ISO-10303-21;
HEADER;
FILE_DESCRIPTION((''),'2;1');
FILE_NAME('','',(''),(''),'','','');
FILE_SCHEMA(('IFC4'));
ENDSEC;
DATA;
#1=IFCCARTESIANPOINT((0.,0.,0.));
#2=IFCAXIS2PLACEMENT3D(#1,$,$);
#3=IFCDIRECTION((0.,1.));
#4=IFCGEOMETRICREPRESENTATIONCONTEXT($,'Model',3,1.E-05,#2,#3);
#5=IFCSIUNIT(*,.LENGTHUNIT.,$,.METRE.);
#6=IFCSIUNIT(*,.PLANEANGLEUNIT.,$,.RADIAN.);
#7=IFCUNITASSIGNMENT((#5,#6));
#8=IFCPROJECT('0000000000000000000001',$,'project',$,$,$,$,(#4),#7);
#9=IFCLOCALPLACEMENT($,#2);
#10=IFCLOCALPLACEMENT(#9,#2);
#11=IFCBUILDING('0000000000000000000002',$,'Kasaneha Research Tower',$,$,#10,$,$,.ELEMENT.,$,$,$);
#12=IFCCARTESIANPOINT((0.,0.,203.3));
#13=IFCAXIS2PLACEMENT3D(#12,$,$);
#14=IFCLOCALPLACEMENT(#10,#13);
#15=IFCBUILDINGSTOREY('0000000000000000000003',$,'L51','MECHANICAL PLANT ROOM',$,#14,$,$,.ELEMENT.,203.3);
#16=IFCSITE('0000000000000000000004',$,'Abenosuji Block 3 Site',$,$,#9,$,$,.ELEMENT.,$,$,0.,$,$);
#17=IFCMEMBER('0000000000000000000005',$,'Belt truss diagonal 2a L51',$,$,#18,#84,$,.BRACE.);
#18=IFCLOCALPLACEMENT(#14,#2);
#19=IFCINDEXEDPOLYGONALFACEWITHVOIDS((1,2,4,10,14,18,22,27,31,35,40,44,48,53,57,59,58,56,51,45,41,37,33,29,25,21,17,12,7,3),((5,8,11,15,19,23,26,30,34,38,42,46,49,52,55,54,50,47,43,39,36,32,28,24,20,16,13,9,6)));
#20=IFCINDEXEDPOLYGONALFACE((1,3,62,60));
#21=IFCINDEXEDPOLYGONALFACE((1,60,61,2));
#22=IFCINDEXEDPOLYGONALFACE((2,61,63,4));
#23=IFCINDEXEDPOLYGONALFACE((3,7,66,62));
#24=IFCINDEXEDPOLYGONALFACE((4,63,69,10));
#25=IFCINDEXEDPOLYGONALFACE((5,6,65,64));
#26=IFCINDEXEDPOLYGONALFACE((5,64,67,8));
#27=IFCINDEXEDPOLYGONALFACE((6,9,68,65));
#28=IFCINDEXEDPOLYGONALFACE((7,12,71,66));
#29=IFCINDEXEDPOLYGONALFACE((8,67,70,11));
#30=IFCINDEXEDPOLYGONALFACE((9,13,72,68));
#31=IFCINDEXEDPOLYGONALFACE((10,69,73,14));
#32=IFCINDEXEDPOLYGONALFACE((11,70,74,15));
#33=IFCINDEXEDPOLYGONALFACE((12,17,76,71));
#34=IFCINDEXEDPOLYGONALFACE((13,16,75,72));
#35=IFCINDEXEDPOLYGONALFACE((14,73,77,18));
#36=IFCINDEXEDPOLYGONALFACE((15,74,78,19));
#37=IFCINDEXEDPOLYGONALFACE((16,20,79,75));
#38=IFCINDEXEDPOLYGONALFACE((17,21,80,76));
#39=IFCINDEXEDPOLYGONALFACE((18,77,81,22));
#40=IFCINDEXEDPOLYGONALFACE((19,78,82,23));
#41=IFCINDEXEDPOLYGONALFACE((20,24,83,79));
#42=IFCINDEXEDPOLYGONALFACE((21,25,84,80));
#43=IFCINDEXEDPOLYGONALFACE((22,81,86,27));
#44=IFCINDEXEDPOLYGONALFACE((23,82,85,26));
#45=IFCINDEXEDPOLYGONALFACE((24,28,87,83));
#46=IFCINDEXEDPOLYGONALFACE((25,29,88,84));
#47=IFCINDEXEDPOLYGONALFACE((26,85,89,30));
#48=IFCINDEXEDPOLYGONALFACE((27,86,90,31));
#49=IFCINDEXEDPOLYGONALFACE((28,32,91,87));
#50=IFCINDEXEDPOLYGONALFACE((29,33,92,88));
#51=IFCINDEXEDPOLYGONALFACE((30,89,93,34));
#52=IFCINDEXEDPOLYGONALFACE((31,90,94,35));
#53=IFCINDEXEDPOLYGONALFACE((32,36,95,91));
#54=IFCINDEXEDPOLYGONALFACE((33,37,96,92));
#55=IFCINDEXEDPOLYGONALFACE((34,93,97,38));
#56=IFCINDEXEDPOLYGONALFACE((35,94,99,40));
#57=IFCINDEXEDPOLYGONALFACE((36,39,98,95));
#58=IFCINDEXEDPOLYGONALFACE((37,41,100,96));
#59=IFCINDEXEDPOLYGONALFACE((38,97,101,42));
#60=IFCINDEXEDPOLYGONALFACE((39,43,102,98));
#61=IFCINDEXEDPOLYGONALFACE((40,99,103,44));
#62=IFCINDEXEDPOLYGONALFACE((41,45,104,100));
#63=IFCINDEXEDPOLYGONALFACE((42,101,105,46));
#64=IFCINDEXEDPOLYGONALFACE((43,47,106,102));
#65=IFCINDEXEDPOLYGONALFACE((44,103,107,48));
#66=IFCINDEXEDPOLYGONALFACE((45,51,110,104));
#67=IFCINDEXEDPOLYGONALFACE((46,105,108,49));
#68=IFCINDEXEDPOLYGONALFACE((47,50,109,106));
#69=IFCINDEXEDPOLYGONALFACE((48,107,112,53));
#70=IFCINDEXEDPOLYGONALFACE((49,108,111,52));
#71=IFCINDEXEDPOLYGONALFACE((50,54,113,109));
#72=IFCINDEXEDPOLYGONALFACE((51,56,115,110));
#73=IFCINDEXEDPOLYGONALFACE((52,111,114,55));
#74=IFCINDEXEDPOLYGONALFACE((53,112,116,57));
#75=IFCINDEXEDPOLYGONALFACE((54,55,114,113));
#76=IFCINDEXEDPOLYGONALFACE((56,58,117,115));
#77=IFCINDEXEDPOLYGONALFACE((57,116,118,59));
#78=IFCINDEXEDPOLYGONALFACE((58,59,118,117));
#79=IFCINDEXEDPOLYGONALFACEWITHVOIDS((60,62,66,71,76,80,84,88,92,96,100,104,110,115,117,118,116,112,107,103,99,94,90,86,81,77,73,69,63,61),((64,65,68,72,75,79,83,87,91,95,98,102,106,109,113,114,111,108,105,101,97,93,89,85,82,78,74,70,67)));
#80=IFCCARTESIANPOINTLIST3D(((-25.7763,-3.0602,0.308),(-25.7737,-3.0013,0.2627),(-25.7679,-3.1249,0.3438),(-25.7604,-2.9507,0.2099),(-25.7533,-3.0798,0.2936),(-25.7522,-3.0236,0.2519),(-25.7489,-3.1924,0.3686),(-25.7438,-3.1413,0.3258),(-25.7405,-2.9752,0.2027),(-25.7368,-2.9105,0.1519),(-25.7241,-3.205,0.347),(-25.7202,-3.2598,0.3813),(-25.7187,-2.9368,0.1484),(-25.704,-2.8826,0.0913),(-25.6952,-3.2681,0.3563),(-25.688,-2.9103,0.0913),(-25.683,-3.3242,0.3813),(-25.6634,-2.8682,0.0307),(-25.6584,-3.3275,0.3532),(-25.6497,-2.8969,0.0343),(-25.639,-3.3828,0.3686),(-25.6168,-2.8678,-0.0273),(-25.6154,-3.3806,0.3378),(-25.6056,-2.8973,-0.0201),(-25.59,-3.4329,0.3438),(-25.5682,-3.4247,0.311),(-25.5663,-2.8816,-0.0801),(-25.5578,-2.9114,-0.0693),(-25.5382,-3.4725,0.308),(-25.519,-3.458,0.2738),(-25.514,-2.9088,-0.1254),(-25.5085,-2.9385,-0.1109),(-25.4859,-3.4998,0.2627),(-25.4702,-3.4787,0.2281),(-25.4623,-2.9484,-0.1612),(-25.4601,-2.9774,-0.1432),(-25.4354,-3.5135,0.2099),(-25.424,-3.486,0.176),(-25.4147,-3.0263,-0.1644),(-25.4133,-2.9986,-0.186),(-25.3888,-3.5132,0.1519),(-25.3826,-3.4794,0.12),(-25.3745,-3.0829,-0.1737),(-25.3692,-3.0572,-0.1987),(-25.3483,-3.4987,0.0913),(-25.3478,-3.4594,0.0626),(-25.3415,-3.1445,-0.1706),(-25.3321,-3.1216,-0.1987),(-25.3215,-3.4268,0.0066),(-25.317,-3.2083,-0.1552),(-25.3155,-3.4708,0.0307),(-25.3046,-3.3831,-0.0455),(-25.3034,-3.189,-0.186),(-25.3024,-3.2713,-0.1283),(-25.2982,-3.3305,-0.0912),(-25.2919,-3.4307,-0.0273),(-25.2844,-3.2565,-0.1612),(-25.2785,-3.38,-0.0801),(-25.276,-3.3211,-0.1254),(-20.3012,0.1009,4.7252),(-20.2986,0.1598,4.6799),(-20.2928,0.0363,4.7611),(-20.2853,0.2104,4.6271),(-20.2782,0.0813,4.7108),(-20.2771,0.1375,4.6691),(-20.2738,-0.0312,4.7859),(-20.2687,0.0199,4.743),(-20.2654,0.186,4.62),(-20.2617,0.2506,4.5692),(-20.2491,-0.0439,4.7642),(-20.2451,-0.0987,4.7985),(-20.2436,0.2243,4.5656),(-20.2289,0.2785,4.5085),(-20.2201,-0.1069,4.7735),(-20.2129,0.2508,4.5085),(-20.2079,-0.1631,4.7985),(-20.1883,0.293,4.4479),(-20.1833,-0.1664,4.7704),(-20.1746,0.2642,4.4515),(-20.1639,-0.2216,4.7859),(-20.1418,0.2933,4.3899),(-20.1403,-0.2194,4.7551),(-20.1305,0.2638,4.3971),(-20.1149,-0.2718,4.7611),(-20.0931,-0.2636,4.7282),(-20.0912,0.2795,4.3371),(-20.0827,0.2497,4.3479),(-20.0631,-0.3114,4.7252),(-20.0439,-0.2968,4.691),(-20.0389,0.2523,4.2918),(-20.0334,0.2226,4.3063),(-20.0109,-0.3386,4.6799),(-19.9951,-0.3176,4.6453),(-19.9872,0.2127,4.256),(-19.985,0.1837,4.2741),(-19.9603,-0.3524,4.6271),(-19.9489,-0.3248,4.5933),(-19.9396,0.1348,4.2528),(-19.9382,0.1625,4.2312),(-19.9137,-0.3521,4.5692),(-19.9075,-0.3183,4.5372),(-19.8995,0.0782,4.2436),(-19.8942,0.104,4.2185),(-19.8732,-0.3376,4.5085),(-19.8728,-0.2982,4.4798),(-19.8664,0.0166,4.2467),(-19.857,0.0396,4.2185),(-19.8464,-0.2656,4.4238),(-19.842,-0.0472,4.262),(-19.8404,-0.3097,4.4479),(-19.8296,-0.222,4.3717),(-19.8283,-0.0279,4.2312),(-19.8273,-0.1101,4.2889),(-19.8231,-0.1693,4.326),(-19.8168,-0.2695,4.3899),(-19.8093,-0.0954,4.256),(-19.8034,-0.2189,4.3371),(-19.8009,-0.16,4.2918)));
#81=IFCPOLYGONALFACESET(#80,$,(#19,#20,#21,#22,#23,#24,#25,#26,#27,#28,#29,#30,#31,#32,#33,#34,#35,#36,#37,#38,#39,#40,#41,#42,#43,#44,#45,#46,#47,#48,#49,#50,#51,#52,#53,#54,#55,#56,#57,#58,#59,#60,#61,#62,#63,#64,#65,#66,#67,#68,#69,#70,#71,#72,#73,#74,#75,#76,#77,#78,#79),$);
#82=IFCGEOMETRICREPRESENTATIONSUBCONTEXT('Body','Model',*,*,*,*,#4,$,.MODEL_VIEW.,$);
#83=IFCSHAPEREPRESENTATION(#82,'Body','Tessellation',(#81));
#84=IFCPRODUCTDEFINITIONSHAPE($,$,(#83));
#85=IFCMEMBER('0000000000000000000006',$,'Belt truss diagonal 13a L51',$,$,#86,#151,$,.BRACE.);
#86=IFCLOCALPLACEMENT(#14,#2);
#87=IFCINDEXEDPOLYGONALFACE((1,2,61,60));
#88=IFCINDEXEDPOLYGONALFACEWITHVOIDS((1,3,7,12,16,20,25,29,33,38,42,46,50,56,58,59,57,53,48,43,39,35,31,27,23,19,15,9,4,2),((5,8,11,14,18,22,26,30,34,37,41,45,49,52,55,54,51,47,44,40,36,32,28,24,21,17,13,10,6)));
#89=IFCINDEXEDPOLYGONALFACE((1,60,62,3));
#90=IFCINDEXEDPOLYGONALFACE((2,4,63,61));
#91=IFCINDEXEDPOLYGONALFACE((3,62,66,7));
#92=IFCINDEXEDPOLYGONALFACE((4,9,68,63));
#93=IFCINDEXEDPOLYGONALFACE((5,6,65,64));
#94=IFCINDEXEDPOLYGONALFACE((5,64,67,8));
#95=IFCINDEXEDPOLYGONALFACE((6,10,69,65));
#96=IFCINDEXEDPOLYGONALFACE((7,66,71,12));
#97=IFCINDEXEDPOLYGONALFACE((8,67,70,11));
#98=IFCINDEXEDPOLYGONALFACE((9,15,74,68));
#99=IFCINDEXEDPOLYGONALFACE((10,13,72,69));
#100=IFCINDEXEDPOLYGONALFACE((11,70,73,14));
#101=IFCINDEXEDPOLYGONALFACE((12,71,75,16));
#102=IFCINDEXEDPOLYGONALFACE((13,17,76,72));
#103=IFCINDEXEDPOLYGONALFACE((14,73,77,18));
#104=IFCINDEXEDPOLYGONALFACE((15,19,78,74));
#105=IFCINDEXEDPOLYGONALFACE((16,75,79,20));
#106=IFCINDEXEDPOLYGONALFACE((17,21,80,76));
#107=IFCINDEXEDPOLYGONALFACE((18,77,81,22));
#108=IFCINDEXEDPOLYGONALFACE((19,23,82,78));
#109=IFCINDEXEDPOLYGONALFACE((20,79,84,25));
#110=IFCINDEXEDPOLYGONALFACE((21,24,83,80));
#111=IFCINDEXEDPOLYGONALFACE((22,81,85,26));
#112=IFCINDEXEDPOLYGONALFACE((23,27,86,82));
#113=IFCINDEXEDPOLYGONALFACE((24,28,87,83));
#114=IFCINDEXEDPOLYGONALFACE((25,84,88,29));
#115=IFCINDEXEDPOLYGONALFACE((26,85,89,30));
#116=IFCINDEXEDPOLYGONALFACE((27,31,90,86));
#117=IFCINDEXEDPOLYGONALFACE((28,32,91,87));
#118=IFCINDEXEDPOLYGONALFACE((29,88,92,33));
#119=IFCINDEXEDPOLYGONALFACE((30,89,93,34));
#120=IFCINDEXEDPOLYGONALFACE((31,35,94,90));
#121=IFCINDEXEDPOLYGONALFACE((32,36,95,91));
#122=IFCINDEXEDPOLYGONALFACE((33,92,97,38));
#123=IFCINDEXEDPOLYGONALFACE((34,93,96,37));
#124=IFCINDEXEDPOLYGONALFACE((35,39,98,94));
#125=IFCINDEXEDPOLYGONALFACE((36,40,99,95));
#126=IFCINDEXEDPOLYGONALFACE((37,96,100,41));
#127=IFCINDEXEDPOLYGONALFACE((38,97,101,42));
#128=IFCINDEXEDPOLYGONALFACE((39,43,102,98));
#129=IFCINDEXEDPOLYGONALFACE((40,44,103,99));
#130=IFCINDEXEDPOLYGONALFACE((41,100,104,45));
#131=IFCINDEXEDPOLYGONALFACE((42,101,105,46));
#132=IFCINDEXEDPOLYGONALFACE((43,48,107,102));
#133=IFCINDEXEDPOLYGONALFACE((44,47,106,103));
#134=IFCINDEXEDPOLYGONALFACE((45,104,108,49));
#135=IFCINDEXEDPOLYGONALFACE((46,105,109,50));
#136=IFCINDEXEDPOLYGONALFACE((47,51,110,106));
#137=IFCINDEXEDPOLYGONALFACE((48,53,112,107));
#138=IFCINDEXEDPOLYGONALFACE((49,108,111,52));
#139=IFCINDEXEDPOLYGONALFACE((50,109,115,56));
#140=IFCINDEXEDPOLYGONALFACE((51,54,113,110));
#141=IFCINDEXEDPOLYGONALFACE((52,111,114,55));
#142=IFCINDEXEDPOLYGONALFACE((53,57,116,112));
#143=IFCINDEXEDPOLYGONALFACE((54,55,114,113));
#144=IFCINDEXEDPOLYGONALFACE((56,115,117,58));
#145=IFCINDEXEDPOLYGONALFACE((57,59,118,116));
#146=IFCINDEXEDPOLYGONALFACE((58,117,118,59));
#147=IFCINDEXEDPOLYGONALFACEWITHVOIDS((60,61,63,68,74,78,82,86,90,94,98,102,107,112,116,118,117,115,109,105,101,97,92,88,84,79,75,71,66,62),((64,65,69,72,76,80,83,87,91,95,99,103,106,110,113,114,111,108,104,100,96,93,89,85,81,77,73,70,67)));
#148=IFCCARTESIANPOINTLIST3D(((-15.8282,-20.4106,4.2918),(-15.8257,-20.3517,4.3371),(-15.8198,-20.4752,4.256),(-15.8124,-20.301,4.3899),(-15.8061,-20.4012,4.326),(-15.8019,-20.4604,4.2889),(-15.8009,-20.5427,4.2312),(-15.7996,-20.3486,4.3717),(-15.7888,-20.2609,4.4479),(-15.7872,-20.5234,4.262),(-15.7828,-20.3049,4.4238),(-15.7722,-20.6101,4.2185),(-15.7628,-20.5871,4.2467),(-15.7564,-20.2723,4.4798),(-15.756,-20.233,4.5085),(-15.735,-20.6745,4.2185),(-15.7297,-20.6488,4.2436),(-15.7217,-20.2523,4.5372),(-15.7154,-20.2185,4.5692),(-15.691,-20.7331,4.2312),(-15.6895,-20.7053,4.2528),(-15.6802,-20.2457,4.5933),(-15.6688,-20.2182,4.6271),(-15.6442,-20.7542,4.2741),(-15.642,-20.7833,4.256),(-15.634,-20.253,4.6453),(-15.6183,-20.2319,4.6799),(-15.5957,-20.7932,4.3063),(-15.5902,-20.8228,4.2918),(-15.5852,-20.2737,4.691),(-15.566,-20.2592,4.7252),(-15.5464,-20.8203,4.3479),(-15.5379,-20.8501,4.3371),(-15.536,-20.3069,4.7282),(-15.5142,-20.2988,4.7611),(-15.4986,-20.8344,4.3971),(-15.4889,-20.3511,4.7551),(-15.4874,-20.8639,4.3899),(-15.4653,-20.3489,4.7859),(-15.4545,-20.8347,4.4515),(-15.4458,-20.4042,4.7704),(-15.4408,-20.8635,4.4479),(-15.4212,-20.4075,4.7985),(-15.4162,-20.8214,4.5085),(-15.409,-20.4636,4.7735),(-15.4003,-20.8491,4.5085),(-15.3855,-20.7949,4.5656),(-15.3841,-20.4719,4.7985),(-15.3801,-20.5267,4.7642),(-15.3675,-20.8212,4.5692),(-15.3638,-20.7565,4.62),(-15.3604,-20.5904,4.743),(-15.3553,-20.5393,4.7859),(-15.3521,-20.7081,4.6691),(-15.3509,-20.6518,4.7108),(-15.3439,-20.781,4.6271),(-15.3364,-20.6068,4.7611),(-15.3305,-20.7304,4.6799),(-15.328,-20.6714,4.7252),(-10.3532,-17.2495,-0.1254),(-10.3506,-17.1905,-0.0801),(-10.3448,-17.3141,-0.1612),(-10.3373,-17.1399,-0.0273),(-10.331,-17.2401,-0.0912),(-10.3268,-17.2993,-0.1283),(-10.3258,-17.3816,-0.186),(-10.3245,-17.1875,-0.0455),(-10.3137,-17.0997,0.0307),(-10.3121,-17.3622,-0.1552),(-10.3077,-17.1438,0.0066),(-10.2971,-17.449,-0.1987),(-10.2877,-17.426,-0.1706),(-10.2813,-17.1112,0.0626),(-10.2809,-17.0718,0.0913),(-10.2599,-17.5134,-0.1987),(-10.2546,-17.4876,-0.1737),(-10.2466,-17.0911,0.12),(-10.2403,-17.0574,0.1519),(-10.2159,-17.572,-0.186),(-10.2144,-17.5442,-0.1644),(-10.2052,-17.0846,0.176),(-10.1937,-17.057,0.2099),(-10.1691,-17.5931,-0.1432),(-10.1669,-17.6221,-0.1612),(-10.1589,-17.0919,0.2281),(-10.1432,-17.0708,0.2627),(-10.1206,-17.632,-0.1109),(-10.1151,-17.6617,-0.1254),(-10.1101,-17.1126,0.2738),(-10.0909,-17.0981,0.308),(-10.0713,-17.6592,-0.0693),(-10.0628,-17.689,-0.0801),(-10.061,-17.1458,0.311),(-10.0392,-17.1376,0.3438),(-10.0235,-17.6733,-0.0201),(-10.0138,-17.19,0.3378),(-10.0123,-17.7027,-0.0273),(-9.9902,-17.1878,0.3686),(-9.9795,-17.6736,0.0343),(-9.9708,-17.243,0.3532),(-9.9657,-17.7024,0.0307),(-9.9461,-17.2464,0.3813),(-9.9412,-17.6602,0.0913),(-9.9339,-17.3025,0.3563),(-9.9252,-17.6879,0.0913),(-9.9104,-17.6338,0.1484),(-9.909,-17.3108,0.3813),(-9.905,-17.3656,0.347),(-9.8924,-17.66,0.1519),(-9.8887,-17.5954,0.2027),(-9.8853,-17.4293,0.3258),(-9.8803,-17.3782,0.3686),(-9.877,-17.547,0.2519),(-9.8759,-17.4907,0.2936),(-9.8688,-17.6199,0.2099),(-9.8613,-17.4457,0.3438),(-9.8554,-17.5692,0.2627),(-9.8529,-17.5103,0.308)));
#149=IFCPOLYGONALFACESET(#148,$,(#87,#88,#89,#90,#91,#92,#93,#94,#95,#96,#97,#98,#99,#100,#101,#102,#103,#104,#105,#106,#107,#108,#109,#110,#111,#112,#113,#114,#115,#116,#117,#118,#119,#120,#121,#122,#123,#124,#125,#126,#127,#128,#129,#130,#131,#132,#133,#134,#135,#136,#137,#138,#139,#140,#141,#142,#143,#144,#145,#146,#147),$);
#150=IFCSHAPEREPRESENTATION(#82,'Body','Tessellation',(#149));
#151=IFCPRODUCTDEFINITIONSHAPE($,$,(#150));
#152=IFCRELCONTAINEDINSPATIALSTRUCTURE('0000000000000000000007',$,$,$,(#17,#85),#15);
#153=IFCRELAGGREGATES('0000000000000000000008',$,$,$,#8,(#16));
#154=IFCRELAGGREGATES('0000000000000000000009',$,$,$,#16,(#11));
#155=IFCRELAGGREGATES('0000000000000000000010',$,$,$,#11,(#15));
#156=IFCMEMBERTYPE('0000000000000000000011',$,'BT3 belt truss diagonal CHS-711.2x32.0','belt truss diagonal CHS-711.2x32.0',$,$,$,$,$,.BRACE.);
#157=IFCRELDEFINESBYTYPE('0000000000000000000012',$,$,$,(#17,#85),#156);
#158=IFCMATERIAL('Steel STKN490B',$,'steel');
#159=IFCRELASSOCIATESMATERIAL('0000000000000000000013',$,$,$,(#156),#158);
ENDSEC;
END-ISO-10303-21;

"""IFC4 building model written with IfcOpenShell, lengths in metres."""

from ifc_helpers import new_model, si_unit, direction, frame, origin, origin_2d, place, context, subcontext, project, spatial, hollow_circle, extrude, material, material_profile, profile_set, type_object, element, save


model = new_model("IFC4")

# Units and contexts
model_context = context("Model", 3, precision=1e-05, world=origin(), true_north=direction((0.0, 1.0)))
body_context = subcontext(model_context, "Body", "Model", "MODEL_VIEW")
ifc_project = project(units=[si_unit("LENGTHUNIT", "METRE"), si_unit("PLANEANGLEUNIT", "RADIAN")], contexts=[model_context])

# Site, building, storey
site_placement = place(None, origin())
site = spatial("IfcSite", under=ifc_project, at=site_placement, Name="Abenosuji Block 3 Site", CompositionType="ELEMENT", RefElevation=0.0)
building_placement = place(site_placement, origin())
building = spatial("IfcBuilding", under=site, at=building_placement, Name="Kasaneha Research Tower", CompositionType="ELEMENT")
storey_placement = place(building_placement, frame((0.0, 0.0, 203.3)))
storey = spatial("IfcBuildingStorey", under=building, at=storey_placement, Name="L51", Description="MECHANICAL PLANT ROOM", CompositionType="ELEMENT", Elevation=203.3)

# Members
ifc_material_1 = material(Name="Steel STKN490B", Category="steel")
ifc_material_profile_1 = material_profile(ifc_material_1, hollow_circle(Radius=0.3557, WallThickness=0.032, at=origin_2d()), Name="CHS-711.2x32.0")
ifc_profile_set_1 = profile_set([ifc_material_profile_1], Name="Steel STKN490B")
member_type = type_object("IfcMemberType", Name="BT3 belt truss diagonal CHS-711.2x32.0", Description="belt truss diagonal CHS-711.2x32.0", PredefinedType="BRACE", material=ifc_profile_set_1)
for number, where, z_axis, x_axis, name in (
    (1, (-25.5261, -3.1907, 0.0913), (0.709907, 0.409876, 0.572743), (-0.50001, 0.86602, 0.0), "Belt truss diagonal 2a L51"),
    (2, (-10.103, -17.3799, 0.0913), (-0.709907, -0.409876, 0.572743), (0.50001, -0.86602, 0.0), "Belt truss diagonal 13a L51"),
):
    element("IfcMember", number, at=place(storey_placement, frame(where, z_axis=z_axis, x_axis=x_axis)), inside=storey, type_object=member_type, Name=name, PredefinedType="BRACE", context=body_context, shape_type="SweptSolid", body=[
        extrude(hollow_circle(Radius=0.3557, WallThickness=0.032, at=origin_2d()), origin(), (0.0, 0.0, 1.0), 7.7124),
    ])

save(model, "model.ifc")
